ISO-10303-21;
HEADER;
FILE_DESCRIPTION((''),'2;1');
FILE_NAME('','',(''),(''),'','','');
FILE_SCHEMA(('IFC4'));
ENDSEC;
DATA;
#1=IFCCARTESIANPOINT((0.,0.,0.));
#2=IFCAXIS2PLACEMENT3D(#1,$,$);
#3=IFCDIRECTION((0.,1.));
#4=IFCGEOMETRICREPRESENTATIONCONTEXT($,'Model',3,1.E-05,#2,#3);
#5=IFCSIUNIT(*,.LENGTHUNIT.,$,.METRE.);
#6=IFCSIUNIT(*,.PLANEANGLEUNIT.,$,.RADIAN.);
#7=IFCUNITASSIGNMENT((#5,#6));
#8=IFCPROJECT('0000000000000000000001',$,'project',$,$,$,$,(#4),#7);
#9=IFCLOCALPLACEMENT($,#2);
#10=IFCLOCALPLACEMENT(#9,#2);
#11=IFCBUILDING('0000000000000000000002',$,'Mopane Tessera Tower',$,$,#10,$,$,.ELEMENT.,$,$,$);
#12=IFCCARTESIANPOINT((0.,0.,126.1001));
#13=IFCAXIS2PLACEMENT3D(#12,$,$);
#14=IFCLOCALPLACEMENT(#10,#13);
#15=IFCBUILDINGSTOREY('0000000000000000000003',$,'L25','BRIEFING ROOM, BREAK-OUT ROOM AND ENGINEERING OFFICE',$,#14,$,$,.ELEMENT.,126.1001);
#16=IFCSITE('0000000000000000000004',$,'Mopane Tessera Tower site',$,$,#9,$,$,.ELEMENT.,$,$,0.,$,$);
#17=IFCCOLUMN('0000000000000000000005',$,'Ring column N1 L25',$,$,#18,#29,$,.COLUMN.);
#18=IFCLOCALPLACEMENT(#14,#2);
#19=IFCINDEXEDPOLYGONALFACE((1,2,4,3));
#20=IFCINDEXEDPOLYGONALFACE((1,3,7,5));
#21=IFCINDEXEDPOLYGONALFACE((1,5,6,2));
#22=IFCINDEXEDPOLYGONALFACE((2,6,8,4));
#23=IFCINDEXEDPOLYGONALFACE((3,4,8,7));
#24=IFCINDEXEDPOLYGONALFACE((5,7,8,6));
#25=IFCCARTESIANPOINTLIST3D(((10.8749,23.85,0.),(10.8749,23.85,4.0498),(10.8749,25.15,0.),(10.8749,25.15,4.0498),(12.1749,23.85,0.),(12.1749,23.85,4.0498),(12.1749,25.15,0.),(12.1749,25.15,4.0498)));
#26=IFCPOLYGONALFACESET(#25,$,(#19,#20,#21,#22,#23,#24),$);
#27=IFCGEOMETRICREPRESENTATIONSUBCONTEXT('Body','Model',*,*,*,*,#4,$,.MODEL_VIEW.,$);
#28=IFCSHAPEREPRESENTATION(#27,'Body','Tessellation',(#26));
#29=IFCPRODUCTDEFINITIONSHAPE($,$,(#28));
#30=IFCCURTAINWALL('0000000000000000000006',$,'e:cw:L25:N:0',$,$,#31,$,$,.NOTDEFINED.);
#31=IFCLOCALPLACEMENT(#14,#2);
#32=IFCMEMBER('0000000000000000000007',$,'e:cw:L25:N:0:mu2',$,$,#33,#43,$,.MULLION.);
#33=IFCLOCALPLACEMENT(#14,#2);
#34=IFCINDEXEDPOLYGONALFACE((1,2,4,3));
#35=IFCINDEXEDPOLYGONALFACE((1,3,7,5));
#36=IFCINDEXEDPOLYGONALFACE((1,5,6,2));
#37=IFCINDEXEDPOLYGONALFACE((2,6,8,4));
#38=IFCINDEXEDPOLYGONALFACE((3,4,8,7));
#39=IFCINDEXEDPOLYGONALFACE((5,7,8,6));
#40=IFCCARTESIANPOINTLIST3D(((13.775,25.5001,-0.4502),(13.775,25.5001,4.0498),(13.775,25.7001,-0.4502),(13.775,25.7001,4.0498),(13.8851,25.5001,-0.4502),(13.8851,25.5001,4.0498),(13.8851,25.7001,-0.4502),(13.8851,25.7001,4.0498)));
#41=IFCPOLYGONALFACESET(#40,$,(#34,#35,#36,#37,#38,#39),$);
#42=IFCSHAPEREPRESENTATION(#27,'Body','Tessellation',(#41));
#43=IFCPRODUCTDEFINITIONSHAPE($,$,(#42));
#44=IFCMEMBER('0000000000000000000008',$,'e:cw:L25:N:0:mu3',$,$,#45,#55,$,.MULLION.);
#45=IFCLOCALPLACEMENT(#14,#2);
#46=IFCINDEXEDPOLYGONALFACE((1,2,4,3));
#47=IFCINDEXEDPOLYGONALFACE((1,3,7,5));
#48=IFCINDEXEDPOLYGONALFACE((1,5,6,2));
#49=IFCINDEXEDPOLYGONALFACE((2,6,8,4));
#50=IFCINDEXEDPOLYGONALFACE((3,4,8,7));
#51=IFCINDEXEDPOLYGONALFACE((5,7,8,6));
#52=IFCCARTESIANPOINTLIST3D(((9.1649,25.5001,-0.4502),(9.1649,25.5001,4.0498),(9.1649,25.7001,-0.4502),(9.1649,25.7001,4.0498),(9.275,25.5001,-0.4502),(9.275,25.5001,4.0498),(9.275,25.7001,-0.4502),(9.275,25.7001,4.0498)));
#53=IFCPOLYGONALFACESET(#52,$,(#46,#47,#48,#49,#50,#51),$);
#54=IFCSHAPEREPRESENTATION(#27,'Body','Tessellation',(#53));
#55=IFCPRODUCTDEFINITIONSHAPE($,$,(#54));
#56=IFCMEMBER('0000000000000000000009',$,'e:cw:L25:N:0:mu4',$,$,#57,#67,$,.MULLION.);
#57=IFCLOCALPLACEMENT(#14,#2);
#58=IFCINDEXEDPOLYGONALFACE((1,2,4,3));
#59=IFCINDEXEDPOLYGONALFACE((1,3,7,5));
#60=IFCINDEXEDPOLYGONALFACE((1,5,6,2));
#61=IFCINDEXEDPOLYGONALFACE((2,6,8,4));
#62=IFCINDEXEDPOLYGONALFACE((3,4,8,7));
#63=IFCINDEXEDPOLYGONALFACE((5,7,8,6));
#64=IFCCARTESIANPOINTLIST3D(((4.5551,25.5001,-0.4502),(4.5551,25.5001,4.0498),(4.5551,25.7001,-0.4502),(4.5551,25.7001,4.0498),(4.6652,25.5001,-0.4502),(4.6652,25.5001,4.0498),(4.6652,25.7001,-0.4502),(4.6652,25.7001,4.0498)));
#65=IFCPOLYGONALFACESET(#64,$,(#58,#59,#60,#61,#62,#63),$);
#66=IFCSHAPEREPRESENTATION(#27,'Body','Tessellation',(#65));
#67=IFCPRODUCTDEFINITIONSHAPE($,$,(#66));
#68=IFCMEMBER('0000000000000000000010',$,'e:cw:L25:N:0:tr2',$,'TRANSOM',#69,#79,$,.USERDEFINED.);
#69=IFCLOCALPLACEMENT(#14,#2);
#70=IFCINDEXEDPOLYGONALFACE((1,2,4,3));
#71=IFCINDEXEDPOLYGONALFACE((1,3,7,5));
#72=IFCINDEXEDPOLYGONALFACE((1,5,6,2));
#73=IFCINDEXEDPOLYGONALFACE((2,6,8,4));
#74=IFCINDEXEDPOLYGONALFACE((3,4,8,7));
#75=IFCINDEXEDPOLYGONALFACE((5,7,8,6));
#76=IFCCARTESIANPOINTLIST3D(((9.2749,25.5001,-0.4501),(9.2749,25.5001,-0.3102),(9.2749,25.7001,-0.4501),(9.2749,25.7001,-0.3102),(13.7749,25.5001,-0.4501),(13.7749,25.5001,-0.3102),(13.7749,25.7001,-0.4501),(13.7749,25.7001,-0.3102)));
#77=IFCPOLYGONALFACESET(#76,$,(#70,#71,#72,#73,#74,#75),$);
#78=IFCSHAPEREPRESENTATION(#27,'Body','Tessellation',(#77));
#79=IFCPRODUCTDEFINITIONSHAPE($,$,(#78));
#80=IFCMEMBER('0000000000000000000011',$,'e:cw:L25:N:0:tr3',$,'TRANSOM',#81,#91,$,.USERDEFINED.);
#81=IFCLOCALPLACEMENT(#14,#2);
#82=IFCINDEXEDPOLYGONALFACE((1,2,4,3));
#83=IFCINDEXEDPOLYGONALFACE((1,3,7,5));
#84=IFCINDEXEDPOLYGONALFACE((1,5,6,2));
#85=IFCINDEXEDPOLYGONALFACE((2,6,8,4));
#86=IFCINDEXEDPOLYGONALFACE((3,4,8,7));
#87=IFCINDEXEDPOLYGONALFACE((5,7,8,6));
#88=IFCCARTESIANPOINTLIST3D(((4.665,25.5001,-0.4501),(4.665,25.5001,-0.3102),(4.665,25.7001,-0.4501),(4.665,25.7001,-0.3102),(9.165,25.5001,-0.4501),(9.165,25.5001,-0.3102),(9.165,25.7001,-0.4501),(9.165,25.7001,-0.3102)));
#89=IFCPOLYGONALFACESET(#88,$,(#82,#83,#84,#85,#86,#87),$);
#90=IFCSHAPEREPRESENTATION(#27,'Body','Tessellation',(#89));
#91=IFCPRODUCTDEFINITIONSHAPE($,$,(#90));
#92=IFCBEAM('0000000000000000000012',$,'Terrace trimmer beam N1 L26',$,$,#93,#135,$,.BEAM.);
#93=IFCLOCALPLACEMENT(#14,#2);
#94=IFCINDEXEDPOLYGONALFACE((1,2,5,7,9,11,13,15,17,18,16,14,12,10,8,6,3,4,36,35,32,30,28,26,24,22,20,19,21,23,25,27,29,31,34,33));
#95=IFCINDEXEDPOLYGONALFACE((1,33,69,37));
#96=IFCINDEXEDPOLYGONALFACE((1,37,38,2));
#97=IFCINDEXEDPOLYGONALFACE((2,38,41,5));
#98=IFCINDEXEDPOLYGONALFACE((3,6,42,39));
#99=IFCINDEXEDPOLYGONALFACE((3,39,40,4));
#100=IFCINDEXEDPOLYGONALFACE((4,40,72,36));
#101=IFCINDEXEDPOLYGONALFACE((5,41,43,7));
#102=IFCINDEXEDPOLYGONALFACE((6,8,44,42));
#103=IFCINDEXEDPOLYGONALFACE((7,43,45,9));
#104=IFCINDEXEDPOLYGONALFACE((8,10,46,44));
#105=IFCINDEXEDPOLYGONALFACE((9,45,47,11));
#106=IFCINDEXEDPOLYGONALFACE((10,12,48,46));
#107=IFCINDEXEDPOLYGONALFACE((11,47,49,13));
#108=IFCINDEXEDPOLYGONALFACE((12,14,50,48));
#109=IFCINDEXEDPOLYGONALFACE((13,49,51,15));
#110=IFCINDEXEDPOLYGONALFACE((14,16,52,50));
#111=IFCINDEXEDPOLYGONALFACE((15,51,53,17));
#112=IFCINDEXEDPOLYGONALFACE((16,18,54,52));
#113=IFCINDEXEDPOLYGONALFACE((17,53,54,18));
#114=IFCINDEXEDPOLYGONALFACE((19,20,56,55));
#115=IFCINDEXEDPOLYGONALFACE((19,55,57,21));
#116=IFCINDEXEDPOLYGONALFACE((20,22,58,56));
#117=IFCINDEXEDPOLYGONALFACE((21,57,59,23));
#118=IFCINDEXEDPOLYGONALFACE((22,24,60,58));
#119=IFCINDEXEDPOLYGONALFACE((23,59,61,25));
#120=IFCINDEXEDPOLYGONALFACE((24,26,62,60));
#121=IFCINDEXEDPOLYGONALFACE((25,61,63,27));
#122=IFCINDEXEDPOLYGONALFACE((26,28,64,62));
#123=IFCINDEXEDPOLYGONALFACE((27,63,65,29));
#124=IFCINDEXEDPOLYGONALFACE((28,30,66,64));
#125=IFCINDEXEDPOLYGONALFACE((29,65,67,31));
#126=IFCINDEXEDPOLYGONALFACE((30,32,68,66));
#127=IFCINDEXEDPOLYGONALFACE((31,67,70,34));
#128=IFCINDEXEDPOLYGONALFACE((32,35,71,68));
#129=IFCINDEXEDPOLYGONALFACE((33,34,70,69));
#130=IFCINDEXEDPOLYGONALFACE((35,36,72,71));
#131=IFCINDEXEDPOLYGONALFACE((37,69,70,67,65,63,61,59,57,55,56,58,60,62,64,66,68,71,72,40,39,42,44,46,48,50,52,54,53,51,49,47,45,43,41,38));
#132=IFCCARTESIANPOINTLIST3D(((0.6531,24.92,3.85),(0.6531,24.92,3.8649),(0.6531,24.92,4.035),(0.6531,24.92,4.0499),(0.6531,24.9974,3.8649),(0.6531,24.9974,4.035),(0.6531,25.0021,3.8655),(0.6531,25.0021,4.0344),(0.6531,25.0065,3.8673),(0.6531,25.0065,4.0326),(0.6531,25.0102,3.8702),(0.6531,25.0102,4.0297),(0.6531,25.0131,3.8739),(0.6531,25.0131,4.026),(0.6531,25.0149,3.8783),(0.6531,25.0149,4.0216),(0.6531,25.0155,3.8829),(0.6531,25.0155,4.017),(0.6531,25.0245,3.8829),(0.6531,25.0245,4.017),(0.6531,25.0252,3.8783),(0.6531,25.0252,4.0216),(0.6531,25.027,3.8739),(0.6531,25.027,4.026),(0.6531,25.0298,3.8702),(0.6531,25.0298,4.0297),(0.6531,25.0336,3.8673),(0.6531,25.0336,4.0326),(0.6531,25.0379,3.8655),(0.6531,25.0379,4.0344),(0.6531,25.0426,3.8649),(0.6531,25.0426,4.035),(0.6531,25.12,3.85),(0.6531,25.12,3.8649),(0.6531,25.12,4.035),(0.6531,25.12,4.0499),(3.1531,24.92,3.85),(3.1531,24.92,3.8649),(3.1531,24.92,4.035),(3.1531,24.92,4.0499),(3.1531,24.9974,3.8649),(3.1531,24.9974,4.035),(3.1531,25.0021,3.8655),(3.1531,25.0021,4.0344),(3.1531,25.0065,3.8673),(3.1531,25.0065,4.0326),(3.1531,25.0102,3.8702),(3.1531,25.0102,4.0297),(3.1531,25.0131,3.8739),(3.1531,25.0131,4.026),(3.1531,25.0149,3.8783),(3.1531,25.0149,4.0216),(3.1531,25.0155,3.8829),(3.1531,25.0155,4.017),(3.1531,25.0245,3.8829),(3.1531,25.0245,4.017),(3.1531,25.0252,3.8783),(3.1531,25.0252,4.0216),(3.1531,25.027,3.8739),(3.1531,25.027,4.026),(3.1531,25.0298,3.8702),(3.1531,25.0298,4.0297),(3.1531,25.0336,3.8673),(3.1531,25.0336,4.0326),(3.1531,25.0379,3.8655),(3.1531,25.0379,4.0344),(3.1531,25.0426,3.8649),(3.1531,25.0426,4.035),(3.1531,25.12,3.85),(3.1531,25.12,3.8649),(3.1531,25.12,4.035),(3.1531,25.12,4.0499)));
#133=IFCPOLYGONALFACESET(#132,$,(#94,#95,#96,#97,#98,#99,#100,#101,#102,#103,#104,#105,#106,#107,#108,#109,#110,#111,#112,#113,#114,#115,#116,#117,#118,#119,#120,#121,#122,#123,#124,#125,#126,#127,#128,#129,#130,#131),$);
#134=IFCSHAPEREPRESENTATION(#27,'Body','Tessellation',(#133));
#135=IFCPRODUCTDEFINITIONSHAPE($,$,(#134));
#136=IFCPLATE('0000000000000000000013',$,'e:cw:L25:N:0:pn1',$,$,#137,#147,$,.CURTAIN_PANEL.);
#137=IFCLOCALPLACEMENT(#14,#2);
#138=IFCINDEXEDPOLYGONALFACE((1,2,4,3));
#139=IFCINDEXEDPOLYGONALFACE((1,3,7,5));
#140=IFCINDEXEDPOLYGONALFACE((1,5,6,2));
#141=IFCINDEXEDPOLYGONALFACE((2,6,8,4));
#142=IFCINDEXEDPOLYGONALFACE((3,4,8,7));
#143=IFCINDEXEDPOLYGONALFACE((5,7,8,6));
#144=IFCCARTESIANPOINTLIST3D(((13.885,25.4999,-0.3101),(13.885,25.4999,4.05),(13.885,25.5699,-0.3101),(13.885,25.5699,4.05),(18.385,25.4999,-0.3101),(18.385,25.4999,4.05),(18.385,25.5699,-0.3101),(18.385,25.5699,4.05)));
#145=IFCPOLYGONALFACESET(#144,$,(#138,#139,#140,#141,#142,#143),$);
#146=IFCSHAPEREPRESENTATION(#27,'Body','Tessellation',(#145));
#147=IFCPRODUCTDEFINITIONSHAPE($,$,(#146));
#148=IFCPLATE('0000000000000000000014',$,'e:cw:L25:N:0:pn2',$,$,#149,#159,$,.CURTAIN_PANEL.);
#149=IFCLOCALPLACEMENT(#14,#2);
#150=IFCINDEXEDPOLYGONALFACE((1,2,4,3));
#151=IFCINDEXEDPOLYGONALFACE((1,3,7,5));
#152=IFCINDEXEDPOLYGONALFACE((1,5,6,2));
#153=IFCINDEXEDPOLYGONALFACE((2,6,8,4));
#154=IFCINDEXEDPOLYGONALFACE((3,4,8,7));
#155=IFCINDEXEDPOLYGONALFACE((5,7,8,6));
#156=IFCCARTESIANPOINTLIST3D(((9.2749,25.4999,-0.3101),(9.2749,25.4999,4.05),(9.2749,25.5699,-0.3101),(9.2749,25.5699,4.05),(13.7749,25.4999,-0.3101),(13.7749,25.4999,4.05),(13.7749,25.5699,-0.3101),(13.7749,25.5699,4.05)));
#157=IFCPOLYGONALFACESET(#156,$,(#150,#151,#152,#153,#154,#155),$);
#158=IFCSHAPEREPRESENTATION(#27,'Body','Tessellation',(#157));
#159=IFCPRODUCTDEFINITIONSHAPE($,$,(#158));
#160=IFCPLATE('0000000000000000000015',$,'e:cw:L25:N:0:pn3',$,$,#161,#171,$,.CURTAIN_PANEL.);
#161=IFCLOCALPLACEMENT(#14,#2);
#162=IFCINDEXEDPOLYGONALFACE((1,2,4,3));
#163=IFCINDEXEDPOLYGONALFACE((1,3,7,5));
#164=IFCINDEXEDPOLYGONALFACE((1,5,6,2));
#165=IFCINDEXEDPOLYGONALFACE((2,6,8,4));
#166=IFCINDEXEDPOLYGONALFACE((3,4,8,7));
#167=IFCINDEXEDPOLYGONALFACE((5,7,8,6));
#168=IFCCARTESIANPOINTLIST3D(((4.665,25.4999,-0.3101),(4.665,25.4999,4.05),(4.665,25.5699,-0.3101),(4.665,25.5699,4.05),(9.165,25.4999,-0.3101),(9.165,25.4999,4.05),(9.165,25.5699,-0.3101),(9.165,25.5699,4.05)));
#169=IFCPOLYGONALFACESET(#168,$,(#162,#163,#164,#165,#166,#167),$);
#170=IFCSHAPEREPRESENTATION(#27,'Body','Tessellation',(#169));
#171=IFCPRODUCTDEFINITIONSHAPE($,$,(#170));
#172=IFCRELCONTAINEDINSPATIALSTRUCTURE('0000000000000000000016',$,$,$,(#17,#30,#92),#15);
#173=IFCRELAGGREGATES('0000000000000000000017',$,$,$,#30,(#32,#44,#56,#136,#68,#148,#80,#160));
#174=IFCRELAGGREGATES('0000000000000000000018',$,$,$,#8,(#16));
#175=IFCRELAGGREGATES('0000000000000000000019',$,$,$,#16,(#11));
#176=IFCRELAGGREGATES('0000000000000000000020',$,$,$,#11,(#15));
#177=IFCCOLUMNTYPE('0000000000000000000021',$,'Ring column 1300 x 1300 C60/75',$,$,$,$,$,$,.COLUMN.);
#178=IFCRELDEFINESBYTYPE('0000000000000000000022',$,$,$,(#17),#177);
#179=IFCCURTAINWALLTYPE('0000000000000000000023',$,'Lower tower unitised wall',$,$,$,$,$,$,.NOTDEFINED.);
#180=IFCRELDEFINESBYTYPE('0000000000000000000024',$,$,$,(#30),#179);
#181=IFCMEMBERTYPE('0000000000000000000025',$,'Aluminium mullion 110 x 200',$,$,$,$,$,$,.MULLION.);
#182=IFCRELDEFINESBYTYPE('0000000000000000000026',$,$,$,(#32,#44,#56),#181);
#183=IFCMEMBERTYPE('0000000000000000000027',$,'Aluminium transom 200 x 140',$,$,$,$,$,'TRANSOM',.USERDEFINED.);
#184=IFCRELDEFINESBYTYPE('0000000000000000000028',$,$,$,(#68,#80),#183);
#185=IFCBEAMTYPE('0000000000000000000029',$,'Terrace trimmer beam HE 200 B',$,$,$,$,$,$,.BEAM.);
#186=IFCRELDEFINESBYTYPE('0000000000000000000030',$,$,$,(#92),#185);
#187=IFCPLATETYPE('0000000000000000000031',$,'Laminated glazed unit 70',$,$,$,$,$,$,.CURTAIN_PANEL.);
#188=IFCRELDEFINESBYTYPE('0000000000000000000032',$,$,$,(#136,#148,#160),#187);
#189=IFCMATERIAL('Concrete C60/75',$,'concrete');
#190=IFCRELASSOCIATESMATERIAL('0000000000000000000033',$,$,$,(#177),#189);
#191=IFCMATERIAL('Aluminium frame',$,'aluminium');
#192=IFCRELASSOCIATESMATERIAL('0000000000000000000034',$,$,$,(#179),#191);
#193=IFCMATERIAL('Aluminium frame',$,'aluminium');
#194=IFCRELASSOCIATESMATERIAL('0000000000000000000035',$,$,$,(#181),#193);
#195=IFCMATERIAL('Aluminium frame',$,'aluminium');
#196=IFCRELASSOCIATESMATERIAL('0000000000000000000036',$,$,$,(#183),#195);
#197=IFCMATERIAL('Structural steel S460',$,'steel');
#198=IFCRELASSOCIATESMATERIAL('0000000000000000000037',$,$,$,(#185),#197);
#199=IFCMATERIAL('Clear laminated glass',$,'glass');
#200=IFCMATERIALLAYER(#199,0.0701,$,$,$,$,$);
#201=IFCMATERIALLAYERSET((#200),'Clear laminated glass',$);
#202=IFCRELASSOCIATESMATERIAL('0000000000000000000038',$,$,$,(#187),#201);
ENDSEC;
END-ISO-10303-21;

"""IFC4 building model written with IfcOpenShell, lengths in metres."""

from ifc_helpers import new_model, si_unit, direction, frame, origin, origin_2d, place, context, subcontext, project, spatial, rectangle, i_section, extrude, material, layer, layer_set, material_profile, profile_set, type_object, element, aggregate, save


model = new_model("IFC4")

# Units and contexts
model_context = context("Model", 3, precision=1e-05, world=origin(), true_north=direction((0.0, 1.0)))
body_context = subcontext(model_context, "Body", "Model", "MODEL_VIEW")
ifc_project = project(units=[si_unit("LENGTHUNIT", "METRE"), si_unit("PLANEANGLEUNIT", "RADIAN")], contexts=[model_context])

# Site, building, storey
site_placement = place(None, origin())
site = spatial("IfcSite", under=ifc_project, at=site_placement, Name="Mopane Tessera Tower site", CompositionType="ELEMENT", RefElevation=0.0)
building_placement = place(site_placement, origin())
building = spatial("IfcBuilding", under=site, at=building_placement, Name="Mopane Tessera Tower", CompositionType="ELEMENT")
storey_placement = place(building_placement, frame((0.0, 0.0, 126.1001)))
storey = spatial("IfcBuildingStorey", under=building, at=storey_placement, Name="L25", Description="BRIEFING ROOM, BREAK-OUT ROOM AND ENGINEERING OFFICE", CompositionType="ELEMENT", Elevation=126.1001)

# Column
ifc_material_1 = material(Name="Concrete C60/75", Category="concrete")
ifc_material_profile_1 = material_profile(ifc_material_1, rectangle(XDim=1.3, YDim=1.3, at=origin_2d()))
ifc_profile_set_1 = profile_set([ifc_material_profile_1], Name="Concrete C60/75")
column_type = type_object("IfcColumnType", Name="Ring column 1300 x 1300 C60/75", PredefinedType="COLUMN", material=ifc_profile_set_1)
column_placement = place(storey_placement, frame((11.5249, 24.5, 0.0), z_axis=(0.0, 0.0, 1.0), x_axis=(1.0, 0.0, 0.0)))
element("IfcColumn", 1, at=column_placement, inside=storey, type_object=column_type, Name="Ring column N1 L25", PredefinedType="COLUMN", context=body_context, shape_type="SweptSolid", body=[
    extrude(rectangle(XDim=1.3, YDim=1.3, at=origin_2d()), origin(), (0.0, 0.0, 1.0), 4.0498),
])

# Curtain wall, members
ifc_material_2 = material(Name="Aluminium frame", Category="aluminium")
curtain_wall_type = type_object("IfcCurtainWallType", Name="Lower tower unitised wall", PredefinedType="NOTDEFINED", material=ifc_material_2)
curtain_wall_placement = place(storey_placement, origin())
curtain_wall = element("IfcCurtainWall", 2, at=curtain_wall_placement, inside=storey, type_object=curtain_wall_type, Name="e:cw:L25:N:0", PredefinedType="NOTDEFINED")
ifc_material_3 = material(Name="Aluminium frame", Category="aluminium")
ifc_material_profile_2 = material_profile(ifc_material_3, rectangle(XDim=0.1101, YDim=0.2, at=origin_2d()))
ifc_profile_set_2 = profile_set([ifc_material_profile_2], Name="Aluminium frame")
member_type_1 = type_object("IfcMemberType", Name="Aluminium mullion 110 x 200", PredefinedType="MULLION", material=ifc_profile_set_2)
member_1_placement = place(storey_placement, frame((13.8301, 25.6001, -0.4502), z_axis=(0.0, 0.0, 1.0), x_axis=(-1.0, 0.0, 0.0)))
member_1 = element("IfcMember", 3, at=member_1_placement, type_object=member_type_1, Name="e:cw:L25:N:0:mu2", PredefinedType="MULLION", context=body_context, shape_type="SweptSolid", body=[
    extrude(rectangle(XDim=0.1101, YDim=0.2, at=origin_2d()), origin(), (0.0, 0.0, 1.0), 4.5),
])
member_2_placement = place(storey_placement, frame((9.22, 25.6001, -0.4502), z_axis=(0.0, 0.0, 1.0), x_axis=(-1.0, 0.0, 0.0)))
member_2 = element("IfcMember", 4, at=member_2_placement, type_object=member_type_1, Name="e:cw:L25:N:0:mu3", PredefinedType="MULLION", context=body_context, shape_type="SweptSolid", body=[
    extrude(rectangle(XDim=0.1101, YDim=0.2, at=origin_2d()), origin(), (0.0, 0.0, 1.0), 4.5),
])
member_3_placement = place(storey_placement, frame((4.6101, 25.6001, -0.4502), z_axis=(0.0, 0.0, 1.0), x_axis=(-1.0, 0.0, 0.0)))
member_3 = element("IfcMember", 5, at=member_3_placement, type_object=member_type_1, Name="e:cw:L25:N:0:mu4", PredefinedType="MULLION", context=body_context, shape_type="SweptSolid", body=[
    extrude(rectangle(XDim=0.1101, YDim=0.2, at=origin_2d()), origin(), (0.0, 0.0, 1.0), 4.5),
])
ifc_material_4 = material(Name="Aluminium frame", Category="aluminium")
ifc_material_profile_3 = material_profile(ifc_material_4, rectangle(XDim=0.2, YDim=0.1399, at=origin_2d()))
ifc_profile_set_3 = profile_set([ifc_material_profile_3], Name="Aluminium frame")
member_type_2 = type_object("IfcMemberType", Name="Aluminium transom 200 x 140", ElementType="TRANSOM", PredefinedType="USERDEFINED", material=ifc_profile_set_3)
member_4_placement = place(storey_placement, frame((13.7749, 25.6001, -0.3801), z_axis=(-1.0, 0.0, 0.0), x_axis=(0.0, -1.0, 0.0)))
member_4 = element("IfcMember", 6, at=member_4_placement, type_object=member_type_2, Name="e:cw:L25:N:0:tr2", ObjectType="TRANSOM", PredefinedType="USERDEFINED", context=body_context, shape_type="SweptSolid", body=[
    extrude(rectangle(XDim=0.2, YDim=0.1399, at=origin_2d()), origin(), (0.0, 0.0, 1.0), 4.5),
])
member_5_placement = place(storey_placement, frame((9.165, 25.6001, -0.3801), z_axis=(-1.0, 0.0, 0.0), x_axis=(0.0, -1.0, 0.0)))
member_5 = element("IfcMember", 7, at=member_5_placement, type_object=member_type_2, Name="e:cw:L25:N:0:tr3", ObjectType="TRANSOM", PredefinedType="USERDEFINED", context=body_context, shape_type="SweptSolid", body=[
    extrude(rectangle(XDim=0.2, YDim=0.1399, at=origin_2d()), origin(), (0.0, 0.0, 1.0), 4.5),
])

# Beam
ifc_material_5 = material(Name="Structural steel S460", Category="steel")
ifc_material_profile_4 = material_profile(ifc_material_5, i_section(OverallWidth=0.2, OverallDepth=0.2, WebThickness=0.009, FlangeThickness=0.0149, FilletRadius=0.0181, at=origin_2d()))
ifc_profile_set_4 = profile_set([ifc_material_profile_4], Name="Structural steel S460")
beam_type = type_object("IfcBeamType", Name="Terrace trimmer beam HE 200 B", PredefinedType="BEAM", material=ifc_profile_set_4)
beam_placement = place(storey_placement, frame((0.6531, 25.02, 3.95), z_axis=(1.0, 0.0, 0.0), x_axis=(0.0, 1.0, 0.0)))
element("IfcBeam", 8, at=beam_placement, inside=storey, type_object=beam_type, Name="Terrace trimmer beam N1 L26", PredefinedType="BEAM", context=body_context, shape_type="SweptSolid", body=[
    extrude(i_section(OverallWidth=0.2, OverallDepth=0.2, WebThickness=0.009, FlangeThickness=0.0149, FilletRadius=0.0181, at=origin_2d()), origin(), (0.0, 0.0, 1.0), 2.5),
])

# Plates
ifc_material_6 = material(Name="Clear laminated glass", Category="glass")
ifc_layer_1 = layer(ifc_material_6, 0.0701)
ifc_layer_set_1 = layer_set([ifc_layer_1], Name="Clear laminated glass")
plate_type = type_object("IfcPlateType", Name="Laminated glazed unit 70", PredefinedType="CURTAIN_PANEL", material=ifc_layer_set_1)
plate_1_placement = place(storey_placement, frame((16.135, 25.5349, -0.3101), z_axis=(0.0, 0.0, 1.0), x_axis=(-1.0, 0.0, 0.0)))
plate_1 = element("IfcPlate", 9, at=plate_1_placement, type_object=plate_type, Name="e:cw:L25:N:0:pn1", PredefinedType="CURTAIN_PANEL", context=body_context, shape_type="SweptSolid", body=[
    extrude(rectangle(XDim=4.5, YDim=0.0701, at=origin_2d()), origin(), (0.0, 0.0, 1.0), 4.3601),
])
plate_2_placement = place(storey_placement, frame((11.5249, 25.5349, -0.3101), z_axis=(0.0, 0.0, 1.0), x_axis=(-1.0, 0.0, 0.0)))
plate_2 = element("IfcPlate", 10, at=plate_2_placement, type_object=plate_type, Name="e:cw:L25:N:0:pn2", PredefinedType="CURTAIN_PANEL", context=body_context, shape_type="SweptSolid", body=[
    extrude(rectangle(XDim=4.5, YDim=0.0701, at=origin_2d()), origin(), (0.0, 0.0, 1.0), 4.3601),
])
plate_3_placement = place(storey_placement, frame((6.915, 25.5349, -0.3101), z_axis=(0.0, 0.0, 1.0), x_axis=(-1.0, 0.0, 0.0)))
plate_3 = element("IfcPlate", 11, at=plate_3_placement, type_object=plate_type, Name="e:cw:L25:N:0:pn3", PredefinedType="CURTAIN_PANEL", context=body_context, shape_type="SweptSolid", body=[
    extrude(rectangle(XDim=4.5, YDim=0.0701, at=origin_2d()), origin(), (0.0, 0.0, 1.0), 4.3601),
])
aggregate(curtain_wall, [member_1, member_2, member_3, plate_1, member_4, plate_2, member_5, plate_3])

save(model, "model.ifc")
